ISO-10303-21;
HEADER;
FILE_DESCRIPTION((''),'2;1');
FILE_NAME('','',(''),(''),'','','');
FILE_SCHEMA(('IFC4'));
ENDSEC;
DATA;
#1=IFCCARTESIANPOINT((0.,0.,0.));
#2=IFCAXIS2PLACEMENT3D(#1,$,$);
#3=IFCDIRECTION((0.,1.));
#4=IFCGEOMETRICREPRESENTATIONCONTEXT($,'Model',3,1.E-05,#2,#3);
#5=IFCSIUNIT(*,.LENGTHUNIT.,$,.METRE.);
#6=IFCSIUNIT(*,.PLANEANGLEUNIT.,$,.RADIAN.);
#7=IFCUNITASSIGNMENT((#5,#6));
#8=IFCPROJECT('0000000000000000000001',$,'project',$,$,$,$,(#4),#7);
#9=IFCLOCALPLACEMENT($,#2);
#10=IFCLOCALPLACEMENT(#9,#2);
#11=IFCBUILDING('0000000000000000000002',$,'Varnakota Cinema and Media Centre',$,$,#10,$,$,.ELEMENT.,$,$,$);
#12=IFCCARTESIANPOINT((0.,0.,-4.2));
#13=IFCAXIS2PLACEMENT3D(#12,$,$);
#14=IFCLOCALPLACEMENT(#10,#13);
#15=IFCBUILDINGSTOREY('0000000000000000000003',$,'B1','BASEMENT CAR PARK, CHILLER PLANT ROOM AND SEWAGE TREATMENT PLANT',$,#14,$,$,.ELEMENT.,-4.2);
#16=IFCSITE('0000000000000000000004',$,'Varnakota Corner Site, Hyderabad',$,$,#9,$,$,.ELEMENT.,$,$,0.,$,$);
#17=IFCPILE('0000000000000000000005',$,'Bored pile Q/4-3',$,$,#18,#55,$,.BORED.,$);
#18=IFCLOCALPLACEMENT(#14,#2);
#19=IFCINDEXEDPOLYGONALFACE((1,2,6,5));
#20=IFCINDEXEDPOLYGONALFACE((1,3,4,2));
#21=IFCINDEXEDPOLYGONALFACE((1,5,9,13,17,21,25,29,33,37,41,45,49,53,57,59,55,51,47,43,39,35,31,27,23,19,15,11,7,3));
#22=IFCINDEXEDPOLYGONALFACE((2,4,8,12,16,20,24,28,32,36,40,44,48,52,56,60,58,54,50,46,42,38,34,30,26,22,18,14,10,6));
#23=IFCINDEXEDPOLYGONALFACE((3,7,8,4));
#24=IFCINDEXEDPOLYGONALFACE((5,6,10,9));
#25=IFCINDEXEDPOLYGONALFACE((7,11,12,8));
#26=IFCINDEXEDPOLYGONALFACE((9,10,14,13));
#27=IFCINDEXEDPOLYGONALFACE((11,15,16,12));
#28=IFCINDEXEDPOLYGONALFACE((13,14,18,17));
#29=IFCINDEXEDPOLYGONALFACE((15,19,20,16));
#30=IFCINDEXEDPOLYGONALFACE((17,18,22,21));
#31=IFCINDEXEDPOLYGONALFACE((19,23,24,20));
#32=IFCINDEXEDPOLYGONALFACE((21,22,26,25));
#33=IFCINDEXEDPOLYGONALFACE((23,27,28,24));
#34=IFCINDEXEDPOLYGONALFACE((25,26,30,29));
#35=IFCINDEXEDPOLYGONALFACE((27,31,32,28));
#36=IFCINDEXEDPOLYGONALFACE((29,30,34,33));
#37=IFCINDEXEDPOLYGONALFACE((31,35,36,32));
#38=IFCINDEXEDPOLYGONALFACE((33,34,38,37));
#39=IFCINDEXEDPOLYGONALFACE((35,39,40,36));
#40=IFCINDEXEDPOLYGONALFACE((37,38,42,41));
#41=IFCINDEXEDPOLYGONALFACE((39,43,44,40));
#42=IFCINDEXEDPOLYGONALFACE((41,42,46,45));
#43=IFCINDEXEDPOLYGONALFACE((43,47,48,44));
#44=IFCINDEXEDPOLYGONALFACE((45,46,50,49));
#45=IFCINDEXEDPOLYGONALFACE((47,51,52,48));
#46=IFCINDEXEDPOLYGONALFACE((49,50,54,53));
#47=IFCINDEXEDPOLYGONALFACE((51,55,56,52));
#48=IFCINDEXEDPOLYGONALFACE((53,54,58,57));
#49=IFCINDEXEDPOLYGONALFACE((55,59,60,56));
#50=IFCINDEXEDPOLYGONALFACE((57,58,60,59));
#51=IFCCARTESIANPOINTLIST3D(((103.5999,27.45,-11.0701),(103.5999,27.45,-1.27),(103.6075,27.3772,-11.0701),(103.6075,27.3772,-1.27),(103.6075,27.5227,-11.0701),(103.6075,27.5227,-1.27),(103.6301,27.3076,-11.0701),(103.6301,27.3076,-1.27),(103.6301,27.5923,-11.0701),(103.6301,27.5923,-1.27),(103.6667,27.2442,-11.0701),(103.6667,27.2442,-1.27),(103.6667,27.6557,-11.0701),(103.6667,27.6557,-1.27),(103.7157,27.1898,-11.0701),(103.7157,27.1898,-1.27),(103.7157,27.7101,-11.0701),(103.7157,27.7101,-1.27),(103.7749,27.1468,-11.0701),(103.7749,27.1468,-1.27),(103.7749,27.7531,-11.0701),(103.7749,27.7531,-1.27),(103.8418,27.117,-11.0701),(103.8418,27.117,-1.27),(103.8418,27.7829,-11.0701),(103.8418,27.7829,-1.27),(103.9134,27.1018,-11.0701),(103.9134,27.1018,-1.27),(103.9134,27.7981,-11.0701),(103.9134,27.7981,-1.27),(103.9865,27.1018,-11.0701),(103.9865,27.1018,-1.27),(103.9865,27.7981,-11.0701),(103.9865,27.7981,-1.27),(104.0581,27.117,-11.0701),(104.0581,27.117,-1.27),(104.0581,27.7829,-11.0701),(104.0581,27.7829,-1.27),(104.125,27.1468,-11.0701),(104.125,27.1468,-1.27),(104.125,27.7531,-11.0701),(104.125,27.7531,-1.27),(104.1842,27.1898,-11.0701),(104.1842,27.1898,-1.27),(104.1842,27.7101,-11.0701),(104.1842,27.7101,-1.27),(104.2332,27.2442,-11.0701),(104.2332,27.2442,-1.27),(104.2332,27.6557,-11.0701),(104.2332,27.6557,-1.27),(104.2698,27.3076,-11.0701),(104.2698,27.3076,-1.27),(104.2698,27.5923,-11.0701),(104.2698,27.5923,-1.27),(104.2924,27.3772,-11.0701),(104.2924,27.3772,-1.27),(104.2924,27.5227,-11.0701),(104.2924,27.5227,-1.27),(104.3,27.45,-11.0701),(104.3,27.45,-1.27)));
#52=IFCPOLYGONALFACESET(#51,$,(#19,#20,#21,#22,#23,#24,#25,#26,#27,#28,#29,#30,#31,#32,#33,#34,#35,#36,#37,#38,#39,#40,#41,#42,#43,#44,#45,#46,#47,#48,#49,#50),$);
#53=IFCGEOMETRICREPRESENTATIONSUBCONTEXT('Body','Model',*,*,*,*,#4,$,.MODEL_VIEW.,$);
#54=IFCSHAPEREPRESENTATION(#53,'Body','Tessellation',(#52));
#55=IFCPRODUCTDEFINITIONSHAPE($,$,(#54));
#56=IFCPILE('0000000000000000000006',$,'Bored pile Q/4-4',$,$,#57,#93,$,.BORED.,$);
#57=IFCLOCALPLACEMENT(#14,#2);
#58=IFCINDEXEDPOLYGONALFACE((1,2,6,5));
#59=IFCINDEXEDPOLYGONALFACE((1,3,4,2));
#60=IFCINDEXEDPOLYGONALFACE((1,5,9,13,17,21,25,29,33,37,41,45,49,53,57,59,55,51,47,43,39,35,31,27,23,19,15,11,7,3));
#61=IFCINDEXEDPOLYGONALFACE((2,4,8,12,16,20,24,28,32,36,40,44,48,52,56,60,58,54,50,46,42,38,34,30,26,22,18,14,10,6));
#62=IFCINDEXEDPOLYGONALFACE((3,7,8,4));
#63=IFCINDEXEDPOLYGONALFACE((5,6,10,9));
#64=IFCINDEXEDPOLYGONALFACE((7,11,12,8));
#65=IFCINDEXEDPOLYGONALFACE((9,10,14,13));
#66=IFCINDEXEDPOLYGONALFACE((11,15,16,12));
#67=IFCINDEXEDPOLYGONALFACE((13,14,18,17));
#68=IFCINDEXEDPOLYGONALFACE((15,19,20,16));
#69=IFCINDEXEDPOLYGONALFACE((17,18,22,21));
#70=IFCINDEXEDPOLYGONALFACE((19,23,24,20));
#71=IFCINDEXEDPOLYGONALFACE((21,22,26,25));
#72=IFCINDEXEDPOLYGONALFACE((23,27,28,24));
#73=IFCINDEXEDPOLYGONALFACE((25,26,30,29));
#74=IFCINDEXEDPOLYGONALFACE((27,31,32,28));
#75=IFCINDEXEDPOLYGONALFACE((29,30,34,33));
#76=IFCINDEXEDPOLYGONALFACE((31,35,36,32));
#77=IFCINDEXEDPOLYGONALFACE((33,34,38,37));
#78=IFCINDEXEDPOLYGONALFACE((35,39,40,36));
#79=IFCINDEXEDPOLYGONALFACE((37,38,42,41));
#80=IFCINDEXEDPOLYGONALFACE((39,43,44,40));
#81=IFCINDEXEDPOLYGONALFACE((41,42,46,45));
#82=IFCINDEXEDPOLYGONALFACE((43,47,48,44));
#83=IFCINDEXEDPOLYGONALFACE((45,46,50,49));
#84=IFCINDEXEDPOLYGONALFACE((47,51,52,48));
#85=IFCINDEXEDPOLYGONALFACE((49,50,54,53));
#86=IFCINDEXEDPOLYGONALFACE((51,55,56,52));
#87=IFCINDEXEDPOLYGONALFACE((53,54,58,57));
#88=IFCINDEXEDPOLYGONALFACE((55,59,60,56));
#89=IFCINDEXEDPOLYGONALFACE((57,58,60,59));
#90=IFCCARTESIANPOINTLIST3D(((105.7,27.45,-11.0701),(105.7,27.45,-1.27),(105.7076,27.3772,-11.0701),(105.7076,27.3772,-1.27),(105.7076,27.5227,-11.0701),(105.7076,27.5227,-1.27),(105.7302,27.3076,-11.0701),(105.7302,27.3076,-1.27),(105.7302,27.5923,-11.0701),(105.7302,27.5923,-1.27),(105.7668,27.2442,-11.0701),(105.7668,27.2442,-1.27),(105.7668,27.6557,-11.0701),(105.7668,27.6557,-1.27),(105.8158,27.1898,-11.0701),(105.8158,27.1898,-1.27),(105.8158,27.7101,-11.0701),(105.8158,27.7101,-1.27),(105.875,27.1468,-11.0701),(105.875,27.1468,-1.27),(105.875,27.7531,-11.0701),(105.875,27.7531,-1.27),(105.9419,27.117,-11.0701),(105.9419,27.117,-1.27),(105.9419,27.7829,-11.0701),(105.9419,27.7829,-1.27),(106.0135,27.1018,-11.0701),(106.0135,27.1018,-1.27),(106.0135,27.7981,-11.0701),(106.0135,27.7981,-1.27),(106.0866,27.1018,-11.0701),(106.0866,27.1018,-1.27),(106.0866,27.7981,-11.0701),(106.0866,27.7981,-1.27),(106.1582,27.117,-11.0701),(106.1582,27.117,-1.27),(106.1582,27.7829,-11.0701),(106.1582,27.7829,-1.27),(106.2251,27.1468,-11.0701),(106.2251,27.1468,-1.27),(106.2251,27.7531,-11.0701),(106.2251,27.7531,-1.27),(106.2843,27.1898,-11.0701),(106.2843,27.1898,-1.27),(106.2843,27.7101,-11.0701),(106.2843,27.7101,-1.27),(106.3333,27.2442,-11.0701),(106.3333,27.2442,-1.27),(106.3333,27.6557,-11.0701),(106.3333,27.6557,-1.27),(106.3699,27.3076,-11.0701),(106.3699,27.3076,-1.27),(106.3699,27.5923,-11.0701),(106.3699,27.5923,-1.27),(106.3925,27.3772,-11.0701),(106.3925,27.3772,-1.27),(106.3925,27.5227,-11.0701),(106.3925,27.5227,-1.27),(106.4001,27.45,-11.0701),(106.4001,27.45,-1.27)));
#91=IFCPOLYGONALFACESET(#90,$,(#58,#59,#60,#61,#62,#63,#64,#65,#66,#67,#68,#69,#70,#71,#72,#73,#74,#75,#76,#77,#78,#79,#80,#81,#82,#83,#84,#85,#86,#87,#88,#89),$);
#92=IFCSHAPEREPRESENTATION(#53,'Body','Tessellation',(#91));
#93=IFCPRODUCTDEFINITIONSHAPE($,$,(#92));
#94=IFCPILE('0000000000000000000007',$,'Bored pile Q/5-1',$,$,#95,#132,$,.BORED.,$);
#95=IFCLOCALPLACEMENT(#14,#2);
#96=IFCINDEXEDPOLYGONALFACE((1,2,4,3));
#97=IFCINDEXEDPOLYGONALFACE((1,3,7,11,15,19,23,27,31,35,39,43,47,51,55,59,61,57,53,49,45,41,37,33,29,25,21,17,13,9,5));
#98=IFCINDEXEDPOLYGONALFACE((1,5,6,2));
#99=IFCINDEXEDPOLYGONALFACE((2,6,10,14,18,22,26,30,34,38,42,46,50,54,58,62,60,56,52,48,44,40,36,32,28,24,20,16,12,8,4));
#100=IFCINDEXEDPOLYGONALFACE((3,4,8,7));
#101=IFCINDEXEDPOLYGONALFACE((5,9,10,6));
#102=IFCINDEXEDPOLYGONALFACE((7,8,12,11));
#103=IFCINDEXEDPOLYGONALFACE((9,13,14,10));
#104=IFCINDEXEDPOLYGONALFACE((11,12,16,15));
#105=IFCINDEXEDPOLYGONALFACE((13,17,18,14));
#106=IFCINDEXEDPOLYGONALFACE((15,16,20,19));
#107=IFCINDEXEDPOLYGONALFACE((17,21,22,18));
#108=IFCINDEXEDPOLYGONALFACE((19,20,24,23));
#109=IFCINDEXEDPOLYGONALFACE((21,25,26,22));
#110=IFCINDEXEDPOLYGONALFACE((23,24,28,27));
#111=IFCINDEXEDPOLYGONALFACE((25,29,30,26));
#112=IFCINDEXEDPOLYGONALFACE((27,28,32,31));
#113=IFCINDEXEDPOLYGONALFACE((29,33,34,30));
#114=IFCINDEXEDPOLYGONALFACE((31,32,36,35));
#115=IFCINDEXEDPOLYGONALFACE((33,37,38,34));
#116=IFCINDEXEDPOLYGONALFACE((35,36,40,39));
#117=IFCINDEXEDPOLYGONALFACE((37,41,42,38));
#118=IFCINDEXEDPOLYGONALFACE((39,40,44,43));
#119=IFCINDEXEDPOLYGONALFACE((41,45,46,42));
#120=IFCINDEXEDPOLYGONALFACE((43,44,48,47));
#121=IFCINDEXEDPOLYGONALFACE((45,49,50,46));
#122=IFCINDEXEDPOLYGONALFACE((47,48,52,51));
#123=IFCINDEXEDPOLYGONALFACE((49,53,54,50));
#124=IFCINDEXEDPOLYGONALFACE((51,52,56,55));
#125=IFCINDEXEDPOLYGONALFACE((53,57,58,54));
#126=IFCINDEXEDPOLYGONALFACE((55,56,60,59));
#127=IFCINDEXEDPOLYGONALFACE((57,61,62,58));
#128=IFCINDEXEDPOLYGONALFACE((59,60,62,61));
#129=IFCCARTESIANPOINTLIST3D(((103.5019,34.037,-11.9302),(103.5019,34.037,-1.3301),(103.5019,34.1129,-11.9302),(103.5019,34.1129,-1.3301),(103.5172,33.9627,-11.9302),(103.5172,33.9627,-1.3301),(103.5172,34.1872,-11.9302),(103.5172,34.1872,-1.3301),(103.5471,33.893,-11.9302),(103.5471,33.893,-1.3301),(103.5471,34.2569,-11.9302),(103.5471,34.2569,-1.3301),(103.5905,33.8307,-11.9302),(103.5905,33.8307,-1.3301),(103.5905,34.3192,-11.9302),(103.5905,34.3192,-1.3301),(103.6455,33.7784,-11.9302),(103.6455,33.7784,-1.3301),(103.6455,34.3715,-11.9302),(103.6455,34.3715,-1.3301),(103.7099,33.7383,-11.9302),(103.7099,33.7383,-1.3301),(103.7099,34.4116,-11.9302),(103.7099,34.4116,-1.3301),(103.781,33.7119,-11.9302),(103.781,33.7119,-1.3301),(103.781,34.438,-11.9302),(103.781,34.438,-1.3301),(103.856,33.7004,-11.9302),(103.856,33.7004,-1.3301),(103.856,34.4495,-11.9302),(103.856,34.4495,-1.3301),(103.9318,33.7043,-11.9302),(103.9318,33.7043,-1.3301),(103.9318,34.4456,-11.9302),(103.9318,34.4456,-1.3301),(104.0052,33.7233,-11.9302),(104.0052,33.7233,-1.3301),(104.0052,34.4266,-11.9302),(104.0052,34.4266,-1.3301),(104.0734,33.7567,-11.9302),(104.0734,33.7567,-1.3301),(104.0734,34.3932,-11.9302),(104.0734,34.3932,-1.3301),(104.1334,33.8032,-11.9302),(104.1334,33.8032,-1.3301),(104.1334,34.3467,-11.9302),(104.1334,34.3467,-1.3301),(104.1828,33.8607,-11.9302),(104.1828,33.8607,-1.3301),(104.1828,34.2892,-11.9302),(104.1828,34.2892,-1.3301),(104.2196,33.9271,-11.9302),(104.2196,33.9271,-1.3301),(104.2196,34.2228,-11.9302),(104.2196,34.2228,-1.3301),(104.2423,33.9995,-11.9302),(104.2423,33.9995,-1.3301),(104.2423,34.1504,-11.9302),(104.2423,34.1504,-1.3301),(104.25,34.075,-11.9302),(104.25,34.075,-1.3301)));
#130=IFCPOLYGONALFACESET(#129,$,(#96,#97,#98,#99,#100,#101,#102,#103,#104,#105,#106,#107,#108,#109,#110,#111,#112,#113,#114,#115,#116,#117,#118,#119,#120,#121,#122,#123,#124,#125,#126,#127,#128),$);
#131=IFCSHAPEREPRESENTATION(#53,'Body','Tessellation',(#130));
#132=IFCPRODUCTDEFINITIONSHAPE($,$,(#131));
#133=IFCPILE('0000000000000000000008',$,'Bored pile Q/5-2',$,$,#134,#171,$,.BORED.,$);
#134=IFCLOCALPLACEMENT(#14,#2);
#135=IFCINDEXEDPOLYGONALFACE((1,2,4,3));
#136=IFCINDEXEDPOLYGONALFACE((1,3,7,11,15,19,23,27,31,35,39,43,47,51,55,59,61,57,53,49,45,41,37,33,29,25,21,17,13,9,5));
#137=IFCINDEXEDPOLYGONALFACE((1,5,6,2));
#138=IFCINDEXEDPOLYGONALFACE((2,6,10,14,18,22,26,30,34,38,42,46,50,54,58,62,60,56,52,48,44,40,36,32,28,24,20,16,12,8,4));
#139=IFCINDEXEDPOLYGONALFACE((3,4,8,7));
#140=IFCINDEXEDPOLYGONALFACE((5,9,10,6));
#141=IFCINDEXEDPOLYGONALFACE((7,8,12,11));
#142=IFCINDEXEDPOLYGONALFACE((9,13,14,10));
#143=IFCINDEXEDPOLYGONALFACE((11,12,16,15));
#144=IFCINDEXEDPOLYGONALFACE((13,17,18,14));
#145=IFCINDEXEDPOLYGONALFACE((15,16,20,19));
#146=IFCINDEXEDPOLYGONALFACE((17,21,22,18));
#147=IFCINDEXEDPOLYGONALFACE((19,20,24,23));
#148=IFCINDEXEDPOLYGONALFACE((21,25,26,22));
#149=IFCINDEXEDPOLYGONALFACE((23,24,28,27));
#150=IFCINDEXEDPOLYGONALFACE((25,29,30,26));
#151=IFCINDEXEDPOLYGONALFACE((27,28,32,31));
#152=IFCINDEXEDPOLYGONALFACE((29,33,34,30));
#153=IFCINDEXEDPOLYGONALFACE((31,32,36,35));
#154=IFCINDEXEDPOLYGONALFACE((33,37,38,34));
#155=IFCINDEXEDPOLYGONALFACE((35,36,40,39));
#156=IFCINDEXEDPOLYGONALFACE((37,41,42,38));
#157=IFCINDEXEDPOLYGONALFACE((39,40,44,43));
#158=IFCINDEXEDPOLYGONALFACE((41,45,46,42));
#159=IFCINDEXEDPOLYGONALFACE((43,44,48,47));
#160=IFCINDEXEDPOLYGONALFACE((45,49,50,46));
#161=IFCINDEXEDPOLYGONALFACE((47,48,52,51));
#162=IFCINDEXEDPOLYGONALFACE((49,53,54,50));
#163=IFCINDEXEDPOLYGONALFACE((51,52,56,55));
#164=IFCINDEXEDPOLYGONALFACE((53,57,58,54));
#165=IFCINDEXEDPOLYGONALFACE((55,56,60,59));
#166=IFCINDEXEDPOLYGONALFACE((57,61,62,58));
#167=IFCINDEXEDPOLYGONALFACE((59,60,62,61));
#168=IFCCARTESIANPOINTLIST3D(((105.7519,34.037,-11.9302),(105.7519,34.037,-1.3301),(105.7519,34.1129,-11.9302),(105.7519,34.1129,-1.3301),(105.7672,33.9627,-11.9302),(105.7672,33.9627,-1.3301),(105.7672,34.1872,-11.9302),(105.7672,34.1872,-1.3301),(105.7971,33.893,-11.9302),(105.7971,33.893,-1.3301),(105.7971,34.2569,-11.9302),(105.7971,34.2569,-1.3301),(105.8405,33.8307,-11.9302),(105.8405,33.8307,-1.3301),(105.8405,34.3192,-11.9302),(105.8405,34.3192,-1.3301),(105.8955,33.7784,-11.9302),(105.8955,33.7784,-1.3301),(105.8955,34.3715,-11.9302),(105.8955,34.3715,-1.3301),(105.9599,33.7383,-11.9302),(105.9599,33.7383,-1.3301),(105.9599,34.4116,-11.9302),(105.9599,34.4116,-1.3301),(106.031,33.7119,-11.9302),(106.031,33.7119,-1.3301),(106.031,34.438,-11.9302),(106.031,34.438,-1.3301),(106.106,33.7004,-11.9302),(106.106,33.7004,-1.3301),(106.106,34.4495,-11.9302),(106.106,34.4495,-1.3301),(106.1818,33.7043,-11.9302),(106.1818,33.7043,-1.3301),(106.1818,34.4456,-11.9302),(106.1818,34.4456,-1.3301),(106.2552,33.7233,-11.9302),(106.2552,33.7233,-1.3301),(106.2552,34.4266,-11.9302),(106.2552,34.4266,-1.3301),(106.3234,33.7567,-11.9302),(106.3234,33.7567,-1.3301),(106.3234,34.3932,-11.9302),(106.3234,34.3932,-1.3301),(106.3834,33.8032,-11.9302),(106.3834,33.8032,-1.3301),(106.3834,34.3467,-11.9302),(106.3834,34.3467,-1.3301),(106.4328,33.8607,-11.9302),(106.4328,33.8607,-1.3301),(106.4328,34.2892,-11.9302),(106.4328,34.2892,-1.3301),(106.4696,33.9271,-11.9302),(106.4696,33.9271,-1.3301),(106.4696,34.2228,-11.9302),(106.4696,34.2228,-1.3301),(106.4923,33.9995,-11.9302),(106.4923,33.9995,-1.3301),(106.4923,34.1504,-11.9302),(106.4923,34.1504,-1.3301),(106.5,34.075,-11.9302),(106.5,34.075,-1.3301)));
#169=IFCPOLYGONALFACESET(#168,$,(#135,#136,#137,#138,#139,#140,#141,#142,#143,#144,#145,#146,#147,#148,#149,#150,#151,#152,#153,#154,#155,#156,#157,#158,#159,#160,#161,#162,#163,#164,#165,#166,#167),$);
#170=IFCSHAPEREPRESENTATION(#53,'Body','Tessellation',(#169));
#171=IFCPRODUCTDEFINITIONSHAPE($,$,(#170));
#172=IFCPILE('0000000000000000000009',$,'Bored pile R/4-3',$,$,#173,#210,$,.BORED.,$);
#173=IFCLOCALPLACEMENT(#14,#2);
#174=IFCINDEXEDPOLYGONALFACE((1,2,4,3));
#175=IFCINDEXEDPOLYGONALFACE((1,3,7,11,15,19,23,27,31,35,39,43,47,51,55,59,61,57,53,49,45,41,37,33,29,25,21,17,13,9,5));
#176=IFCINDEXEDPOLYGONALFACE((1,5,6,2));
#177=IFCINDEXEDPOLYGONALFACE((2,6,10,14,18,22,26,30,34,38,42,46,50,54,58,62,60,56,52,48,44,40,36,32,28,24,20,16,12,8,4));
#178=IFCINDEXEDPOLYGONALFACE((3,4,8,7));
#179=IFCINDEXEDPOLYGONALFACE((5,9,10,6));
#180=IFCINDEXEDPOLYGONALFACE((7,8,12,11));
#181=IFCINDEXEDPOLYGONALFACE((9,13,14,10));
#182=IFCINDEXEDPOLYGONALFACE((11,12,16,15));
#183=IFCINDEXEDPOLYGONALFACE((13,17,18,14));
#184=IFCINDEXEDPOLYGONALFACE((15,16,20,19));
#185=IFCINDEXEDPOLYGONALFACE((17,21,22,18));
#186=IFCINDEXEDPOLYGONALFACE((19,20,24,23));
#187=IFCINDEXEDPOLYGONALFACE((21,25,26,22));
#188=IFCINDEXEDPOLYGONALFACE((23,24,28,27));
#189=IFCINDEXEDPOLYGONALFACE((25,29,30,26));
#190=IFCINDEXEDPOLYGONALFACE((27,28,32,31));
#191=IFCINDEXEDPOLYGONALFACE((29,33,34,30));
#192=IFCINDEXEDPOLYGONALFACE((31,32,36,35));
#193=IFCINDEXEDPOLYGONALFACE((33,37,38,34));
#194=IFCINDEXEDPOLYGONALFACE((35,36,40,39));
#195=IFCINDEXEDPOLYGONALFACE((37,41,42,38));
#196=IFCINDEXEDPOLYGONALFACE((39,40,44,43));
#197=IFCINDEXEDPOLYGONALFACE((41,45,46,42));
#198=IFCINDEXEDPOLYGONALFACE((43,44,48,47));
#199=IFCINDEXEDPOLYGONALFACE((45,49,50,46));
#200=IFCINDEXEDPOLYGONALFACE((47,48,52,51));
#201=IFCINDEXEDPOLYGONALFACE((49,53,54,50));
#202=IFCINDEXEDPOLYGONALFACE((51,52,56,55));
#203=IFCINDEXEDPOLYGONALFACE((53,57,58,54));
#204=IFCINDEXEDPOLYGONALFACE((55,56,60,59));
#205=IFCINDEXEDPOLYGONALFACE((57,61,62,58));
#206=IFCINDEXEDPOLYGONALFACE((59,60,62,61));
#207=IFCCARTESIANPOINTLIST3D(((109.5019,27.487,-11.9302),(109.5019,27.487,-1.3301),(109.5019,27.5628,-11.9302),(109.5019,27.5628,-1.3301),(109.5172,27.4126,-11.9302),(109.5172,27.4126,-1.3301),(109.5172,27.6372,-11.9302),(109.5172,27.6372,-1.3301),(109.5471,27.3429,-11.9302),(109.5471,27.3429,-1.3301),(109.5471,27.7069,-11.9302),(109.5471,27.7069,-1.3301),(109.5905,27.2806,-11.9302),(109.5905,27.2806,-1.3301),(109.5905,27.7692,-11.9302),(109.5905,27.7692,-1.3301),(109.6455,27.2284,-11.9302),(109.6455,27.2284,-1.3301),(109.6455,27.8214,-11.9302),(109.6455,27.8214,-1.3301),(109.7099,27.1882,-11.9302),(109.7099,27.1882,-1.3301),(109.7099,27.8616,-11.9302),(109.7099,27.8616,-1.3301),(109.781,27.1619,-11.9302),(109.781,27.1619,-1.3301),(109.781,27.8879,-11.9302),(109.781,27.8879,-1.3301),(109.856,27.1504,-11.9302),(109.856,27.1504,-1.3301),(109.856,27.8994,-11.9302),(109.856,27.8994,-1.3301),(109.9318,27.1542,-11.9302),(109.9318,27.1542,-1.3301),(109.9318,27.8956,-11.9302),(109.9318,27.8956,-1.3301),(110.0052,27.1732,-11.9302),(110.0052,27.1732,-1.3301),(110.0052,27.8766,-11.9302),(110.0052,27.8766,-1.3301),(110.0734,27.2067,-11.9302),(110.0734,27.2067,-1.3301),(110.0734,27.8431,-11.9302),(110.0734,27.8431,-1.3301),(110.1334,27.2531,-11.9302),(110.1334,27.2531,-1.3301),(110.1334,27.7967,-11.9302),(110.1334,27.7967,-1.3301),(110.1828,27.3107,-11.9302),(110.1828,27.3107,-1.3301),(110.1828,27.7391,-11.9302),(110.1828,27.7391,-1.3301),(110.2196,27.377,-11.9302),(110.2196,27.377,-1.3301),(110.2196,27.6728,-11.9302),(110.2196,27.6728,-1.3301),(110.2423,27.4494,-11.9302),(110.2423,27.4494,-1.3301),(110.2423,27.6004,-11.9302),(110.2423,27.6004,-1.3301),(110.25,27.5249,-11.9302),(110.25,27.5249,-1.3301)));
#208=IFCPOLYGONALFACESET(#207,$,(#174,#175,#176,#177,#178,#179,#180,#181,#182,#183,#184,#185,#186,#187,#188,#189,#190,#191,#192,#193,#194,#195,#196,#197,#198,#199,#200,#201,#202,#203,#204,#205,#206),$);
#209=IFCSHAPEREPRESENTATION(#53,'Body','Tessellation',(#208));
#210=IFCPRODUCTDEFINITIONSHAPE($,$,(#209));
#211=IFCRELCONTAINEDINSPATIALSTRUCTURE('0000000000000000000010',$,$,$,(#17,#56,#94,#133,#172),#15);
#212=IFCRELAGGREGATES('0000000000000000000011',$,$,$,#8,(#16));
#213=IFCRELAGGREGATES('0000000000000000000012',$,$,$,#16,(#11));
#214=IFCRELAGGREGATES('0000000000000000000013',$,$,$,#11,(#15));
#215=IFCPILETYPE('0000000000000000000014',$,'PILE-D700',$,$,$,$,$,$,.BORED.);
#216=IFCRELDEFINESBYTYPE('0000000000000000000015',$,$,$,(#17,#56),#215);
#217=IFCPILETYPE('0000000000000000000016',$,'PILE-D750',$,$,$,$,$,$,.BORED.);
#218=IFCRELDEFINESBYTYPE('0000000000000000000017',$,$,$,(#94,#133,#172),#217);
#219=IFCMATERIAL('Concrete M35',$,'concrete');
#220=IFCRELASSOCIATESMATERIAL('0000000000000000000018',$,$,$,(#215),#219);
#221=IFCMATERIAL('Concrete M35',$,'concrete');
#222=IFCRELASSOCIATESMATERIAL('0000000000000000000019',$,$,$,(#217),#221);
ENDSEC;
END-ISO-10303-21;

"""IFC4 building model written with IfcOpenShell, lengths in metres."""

from ifc_helpers import new_model, si_unit, direction, frame, origin, origin_2d, place, context, subcontext, project, spatial, circle, extrude, material, material_profile, profile_set, type_object, element, save


model = new_model("IFC4")

# Units and contexts
model_context = context("Model", 3, precision=1e-05, world=origin(), true_north=direction((0.0, 1.0)))
body_context = subcontext(model_context, "Body", "Model", "MODEL_VIEW")
ifc_project = project(units=[si_unit("LENGTHUNIT", "METRE"), si_unit("PLANEANGLEUNIT", "RADIAN")], contexts=[model_context])

# Site, building, storey
site_placement = place(None, origin())
site = spatial("IfcSite", under=ifc_project, at=site_placement, Name="Varnakota Corner Site, Hyderabad", CompositionType="ELEMENT", RefElevation=0.0)
building_placement = place(site_placement, origin())
building = spatial("IfcBuilding", under=site, at=building_placement, Name="Varnakota Cinema and Media Centre", CompositionType="ELEMENT")
storey_placement = place(building_placement, frame((0.0, 0.0, -4.2)))
storey = spatial("IfcBuildingStorey", under=building, at=storey_placement, Name="B1", Description="BASEMENT CAR PARK, CHILLER PLANT ROOM AND SEWAGE TREATMENT PLANT", CompositionType="ELEMENT", Elevation=-4.2)

# Piles
ifc_material_1 = material(Name="Concrete M35", Category="concrete")
ifc_material_profile_1 = material_profile(ifc_material_1, circle(Radius=0.3501, at=origin_2d()), Name="PILE D700")
ifc_profile_set_1 = profile_set([ifc_material_profile_1], Name="Concrete M35")
pile_type_1 = type_object("IfcPileType", Name="PILE-D700", PredefinedType="BORED", material=ifc_profile_set_1)
for number, where, z_axis, x_axis, name in (
    (1, (103.95, 27.45, -1.27), (0.0, 0.0, -1.0), (1.0, 0.0, 0.0), "Bored pile Q/4-3"),
    (2, (106.05, 27.45, -1.27), (0.0, 0.0, -1.0), (1.0, 0.0, 0.0), "Bored pile Q/4-4"),
):
    element("IfcPile", number, at=place(storey_placement, frame(where, z_axis=z_axis, x_axis=x_axis)), inside=storey, type_object=pile_type_1, Name=name, PredefinedType="BORED", context=body_context, shape_type="SweptSolid", body=[
        extrude(circle(Radius=0.3501, at=origin_2d()), origin(), (0.0, 0.0, 1.0), 9.8),
    ])
ifc_material_2 = material(Name="Concrete M35", Category="concrete")
ifc_material_profile_2 = material_profile(ifc_material_2, circle(Radius=0.375, at=origin_2d()), Name="PILE D750")
ifc_profile_set_2 = profile_set([ifc_material_profile_2], Name="Concrete M35")
pile_type_2 = type_object("IfcPileType", Name="PILE-D750", PredefinedType="BORED", material=ifc_profile_set_2)
for number, where, z_axis, x_axis, name in (
    (3, (103.875, 34.075, -1.3301), (0.0, 0.0, -1.0), (1.0, 0.0, 0.0), "Bored pile Q/5-1"),
    (4, (106.125, 34.075, -1.3301), (0.0, 0.0, -1.0), (1.0, 0.0, 0.0), "Bored pile Q/5-2"),
    (5, (109.875, 27.5249, -1.3301), (0.0, 0.0, -1.0), (1.0, 0.0, 0.0), "Bored pile R/4-3"),
):
    element("IfcPile", number, at=place(storey_placement, frame(where, z_axis=z_axis, x_axis=x_axis)), inside=storey, type_object=pile_type_2, Name=name, PredefinedType="BORED", context=body_context, shape_type="SweptSolid", body=[
        extrude(circle(Radius=0.375, at=origin_2d()), origin(), (0.0, 0.0, 1.0), 10.6001),
    ])

save(model, "model.ifc")
